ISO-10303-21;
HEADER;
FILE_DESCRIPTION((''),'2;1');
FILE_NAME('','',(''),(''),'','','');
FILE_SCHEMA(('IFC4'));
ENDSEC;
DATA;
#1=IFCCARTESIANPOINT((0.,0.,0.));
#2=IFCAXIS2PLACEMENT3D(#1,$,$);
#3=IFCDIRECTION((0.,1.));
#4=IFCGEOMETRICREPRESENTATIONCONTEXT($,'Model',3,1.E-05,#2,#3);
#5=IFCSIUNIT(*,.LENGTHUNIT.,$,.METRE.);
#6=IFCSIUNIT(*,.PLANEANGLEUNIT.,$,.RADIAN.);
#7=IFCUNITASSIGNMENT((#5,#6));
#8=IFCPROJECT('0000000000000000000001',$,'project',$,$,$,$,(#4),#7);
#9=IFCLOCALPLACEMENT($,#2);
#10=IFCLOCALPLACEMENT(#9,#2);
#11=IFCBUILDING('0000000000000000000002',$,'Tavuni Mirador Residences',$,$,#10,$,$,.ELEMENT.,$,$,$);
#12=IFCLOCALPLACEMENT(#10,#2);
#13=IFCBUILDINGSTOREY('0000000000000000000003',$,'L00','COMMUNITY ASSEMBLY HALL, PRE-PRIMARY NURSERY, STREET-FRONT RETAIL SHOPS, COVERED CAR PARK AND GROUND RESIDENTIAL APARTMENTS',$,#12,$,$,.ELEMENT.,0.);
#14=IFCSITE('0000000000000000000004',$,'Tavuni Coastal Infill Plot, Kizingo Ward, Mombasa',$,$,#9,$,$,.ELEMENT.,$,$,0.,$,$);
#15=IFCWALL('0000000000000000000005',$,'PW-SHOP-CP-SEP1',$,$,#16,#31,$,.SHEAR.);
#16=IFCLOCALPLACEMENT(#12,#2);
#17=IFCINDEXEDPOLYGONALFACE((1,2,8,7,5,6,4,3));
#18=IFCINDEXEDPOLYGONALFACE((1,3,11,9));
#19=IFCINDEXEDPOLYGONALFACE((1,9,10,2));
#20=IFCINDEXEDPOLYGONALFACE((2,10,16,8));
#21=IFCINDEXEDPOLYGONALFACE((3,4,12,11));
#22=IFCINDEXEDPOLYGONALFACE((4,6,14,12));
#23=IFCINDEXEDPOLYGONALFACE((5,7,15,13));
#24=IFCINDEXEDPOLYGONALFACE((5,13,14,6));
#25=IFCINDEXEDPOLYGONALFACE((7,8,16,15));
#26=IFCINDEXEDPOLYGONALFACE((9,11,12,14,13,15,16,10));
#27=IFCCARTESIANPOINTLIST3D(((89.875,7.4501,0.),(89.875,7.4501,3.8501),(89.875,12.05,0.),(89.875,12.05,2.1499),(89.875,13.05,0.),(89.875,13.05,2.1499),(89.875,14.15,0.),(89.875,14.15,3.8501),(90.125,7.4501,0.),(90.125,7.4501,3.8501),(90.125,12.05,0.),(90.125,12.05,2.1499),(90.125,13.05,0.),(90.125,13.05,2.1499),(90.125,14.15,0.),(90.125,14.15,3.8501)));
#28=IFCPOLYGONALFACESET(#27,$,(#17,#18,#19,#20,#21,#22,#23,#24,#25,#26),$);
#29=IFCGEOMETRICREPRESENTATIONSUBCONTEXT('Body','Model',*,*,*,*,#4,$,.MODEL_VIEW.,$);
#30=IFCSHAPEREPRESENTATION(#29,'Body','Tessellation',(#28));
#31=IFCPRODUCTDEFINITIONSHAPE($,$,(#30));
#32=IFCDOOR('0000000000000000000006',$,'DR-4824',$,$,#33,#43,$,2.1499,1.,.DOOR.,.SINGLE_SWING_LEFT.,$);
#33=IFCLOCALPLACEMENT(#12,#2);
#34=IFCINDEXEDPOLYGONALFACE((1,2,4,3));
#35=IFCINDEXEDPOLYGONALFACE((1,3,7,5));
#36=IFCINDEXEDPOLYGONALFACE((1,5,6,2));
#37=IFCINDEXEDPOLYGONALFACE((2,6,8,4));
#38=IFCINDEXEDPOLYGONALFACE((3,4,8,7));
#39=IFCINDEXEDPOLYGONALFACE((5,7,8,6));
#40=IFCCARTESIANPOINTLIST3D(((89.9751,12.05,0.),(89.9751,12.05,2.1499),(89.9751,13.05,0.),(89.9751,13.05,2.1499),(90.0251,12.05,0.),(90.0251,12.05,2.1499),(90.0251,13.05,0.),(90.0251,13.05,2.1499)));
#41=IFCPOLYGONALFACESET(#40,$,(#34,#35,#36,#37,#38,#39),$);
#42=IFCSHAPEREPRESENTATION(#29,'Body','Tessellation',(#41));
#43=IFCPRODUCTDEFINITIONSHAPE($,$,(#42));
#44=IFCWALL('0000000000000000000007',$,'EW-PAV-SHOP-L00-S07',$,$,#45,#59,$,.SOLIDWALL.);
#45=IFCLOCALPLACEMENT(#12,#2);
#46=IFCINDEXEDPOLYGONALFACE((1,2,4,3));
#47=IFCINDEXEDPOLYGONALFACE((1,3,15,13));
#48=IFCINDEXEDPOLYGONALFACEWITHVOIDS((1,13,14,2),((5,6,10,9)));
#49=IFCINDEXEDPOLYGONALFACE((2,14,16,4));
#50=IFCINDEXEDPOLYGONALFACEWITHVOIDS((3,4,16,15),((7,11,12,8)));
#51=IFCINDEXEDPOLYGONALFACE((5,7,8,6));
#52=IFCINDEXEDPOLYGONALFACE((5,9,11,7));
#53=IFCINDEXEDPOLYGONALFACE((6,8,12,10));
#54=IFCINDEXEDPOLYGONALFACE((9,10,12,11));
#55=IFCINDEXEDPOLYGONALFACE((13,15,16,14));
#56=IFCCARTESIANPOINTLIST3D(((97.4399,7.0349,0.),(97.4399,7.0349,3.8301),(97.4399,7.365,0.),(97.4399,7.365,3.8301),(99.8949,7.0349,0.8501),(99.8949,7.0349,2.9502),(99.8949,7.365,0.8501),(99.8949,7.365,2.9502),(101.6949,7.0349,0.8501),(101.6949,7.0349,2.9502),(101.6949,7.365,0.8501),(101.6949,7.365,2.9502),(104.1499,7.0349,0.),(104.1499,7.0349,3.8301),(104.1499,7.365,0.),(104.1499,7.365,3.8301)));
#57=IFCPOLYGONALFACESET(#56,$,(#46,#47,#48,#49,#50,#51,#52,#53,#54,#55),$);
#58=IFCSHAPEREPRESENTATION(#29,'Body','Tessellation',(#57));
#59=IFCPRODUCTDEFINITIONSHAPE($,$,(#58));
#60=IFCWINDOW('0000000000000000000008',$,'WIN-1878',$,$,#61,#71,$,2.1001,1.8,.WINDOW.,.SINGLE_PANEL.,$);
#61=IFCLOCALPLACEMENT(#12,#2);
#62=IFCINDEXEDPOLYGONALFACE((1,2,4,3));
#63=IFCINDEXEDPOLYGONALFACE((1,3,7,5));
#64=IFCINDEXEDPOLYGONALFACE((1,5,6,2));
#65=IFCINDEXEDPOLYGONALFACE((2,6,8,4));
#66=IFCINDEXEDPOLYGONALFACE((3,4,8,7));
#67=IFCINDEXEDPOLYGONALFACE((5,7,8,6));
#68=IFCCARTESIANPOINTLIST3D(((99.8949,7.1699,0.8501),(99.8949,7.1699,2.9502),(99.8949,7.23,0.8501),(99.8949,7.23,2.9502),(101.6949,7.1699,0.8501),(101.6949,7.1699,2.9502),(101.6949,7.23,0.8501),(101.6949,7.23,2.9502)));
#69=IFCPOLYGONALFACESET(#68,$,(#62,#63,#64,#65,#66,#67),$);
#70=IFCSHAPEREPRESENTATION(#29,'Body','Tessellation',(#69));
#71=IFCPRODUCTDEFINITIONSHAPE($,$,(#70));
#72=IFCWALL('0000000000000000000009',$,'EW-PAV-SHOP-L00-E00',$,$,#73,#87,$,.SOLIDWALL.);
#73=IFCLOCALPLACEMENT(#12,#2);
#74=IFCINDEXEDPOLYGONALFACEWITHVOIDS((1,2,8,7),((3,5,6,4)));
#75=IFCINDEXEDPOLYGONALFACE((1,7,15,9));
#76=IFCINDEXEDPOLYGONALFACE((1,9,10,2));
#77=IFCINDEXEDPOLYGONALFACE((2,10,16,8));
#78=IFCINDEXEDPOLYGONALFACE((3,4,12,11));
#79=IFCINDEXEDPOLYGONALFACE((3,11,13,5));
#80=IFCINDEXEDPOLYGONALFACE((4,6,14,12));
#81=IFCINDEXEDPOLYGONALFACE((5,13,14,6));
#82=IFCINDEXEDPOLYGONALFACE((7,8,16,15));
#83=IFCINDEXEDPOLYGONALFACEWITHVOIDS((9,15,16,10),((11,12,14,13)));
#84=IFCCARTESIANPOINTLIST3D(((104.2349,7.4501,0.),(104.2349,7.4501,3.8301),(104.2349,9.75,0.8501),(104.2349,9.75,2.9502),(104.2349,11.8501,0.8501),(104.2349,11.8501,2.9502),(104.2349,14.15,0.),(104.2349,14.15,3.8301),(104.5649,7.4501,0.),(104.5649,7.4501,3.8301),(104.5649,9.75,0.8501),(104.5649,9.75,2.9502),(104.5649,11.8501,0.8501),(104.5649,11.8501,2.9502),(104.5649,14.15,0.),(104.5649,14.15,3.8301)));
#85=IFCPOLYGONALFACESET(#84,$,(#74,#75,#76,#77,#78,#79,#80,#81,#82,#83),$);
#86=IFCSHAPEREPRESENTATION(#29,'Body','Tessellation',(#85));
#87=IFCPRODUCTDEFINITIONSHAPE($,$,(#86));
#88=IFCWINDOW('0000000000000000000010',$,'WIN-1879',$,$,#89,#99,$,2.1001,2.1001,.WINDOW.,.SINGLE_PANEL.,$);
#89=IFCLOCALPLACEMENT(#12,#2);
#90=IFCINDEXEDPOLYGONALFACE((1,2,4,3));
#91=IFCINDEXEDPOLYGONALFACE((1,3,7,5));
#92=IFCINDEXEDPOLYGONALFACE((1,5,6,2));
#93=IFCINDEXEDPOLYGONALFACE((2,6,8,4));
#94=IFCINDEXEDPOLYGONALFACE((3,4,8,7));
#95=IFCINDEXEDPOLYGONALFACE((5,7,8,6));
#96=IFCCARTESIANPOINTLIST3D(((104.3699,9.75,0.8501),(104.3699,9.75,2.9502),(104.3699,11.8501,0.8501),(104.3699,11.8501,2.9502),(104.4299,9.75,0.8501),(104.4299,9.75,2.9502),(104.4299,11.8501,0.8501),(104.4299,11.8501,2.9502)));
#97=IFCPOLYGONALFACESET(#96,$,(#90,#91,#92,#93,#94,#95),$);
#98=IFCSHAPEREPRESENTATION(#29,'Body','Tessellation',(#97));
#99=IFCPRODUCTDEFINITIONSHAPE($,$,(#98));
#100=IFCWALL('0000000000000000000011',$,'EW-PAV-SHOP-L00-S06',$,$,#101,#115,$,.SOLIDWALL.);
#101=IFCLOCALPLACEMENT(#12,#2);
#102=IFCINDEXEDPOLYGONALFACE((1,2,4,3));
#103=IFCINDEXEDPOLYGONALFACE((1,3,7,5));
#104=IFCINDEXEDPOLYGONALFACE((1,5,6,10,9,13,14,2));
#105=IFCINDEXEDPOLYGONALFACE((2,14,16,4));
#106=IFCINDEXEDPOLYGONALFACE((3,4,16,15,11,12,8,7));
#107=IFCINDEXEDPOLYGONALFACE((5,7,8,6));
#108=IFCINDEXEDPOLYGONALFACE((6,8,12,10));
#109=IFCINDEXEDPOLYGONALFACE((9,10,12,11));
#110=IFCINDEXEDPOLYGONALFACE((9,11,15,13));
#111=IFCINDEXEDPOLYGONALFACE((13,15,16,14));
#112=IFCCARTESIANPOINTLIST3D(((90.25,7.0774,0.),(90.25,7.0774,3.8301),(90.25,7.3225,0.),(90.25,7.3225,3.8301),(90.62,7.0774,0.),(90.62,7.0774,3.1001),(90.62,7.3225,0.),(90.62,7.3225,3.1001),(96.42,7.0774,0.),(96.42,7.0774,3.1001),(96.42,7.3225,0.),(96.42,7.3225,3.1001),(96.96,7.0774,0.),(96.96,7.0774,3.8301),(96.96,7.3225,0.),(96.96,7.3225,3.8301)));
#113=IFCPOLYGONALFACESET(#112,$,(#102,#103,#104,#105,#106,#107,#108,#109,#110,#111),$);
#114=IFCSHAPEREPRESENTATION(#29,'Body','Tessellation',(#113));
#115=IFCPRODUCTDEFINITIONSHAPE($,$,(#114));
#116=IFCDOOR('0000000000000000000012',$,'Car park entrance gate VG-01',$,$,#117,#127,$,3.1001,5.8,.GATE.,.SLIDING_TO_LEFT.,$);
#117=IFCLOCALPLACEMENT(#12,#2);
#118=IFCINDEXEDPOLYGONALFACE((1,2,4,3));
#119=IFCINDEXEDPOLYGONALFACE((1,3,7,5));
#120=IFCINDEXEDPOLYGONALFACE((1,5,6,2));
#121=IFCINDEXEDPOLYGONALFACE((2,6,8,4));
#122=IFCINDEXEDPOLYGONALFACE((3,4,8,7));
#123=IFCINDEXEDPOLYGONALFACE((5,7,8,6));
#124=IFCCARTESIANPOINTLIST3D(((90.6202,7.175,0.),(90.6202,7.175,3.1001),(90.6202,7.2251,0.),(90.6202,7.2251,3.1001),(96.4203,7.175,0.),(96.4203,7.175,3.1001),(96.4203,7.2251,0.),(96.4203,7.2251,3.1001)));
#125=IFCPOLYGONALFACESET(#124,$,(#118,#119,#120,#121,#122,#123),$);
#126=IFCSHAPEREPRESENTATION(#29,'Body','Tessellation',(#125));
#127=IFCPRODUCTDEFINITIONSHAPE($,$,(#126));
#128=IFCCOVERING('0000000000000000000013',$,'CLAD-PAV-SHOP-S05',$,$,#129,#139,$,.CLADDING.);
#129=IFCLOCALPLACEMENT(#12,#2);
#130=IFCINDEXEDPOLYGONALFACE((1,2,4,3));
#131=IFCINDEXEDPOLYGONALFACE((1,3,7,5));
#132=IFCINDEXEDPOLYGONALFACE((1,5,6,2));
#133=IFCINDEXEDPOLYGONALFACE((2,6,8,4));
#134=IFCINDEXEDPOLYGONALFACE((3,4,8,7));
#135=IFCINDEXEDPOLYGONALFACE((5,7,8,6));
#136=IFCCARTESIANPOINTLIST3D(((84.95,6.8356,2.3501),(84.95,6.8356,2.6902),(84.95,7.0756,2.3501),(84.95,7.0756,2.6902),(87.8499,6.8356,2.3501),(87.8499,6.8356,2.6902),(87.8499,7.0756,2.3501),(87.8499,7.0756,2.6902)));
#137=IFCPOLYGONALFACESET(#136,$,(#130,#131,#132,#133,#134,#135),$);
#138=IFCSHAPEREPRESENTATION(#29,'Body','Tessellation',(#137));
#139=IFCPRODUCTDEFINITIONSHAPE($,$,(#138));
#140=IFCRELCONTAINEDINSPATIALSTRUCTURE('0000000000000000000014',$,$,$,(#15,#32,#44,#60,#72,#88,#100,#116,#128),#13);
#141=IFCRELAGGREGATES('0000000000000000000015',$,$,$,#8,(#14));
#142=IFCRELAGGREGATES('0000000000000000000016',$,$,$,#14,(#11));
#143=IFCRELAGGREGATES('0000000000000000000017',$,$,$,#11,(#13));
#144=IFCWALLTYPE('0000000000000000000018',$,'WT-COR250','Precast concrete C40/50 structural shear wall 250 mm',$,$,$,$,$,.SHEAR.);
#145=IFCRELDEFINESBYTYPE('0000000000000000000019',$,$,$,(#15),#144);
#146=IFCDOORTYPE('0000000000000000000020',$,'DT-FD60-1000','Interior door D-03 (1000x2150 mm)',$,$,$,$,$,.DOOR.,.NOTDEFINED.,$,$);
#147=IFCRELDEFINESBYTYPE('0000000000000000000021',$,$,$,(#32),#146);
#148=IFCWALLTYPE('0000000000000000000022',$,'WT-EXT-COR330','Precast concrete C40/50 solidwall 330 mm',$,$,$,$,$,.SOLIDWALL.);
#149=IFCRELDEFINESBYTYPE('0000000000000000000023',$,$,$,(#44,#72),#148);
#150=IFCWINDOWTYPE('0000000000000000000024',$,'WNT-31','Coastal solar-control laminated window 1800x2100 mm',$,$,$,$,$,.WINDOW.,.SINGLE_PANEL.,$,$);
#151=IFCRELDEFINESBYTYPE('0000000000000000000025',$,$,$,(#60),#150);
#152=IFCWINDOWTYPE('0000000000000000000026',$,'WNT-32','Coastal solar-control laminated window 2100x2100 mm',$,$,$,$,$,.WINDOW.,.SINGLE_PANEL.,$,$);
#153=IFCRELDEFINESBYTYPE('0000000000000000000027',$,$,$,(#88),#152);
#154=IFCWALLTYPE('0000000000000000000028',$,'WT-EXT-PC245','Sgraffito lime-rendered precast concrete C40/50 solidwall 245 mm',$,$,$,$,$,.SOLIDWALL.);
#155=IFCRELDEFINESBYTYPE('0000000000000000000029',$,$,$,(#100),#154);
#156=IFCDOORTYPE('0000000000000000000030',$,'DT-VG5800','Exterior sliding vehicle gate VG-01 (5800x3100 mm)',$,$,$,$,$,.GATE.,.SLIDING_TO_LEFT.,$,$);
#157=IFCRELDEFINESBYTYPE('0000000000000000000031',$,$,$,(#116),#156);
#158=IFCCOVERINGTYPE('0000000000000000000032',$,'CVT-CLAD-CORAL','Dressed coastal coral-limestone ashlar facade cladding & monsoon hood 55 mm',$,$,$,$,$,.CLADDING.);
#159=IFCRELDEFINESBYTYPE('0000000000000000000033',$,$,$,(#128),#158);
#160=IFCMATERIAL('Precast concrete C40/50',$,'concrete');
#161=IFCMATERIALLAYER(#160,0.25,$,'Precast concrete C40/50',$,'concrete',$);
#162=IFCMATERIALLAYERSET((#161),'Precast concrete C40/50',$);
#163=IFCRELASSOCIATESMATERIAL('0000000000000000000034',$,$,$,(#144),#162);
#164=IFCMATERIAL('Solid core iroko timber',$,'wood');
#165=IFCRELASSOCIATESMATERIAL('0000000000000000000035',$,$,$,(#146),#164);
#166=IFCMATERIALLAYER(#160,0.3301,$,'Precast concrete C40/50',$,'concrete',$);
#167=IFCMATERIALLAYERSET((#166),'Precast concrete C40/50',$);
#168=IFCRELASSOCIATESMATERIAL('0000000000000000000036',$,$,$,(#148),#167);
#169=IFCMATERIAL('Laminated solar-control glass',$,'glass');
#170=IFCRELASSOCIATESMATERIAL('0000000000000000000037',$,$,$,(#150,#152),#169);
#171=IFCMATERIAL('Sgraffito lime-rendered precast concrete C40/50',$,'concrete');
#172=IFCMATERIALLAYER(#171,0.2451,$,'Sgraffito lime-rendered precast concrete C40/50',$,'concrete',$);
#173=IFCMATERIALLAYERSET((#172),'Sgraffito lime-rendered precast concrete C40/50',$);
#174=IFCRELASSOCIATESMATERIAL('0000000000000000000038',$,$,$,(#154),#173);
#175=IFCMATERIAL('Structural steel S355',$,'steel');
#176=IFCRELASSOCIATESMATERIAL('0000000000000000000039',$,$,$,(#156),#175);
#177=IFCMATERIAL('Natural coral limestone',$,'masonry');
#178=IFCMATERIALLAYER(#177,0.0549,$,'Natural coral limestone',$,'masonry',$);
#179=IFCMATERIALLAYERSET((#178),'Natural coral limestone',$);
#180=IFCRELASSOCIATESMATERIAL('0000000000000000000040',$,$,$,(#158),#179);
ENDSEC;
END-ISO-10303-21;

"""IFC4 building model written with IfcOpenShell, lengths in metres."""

from ifc_helpers import new_model, si_unit, direction, frame, frame_2d, origin, origin_2d, place, context, subcontext, project, spatial, rectangle, extrude, material, layer, layer_set, type_object, element, fill, save


model = new_model("IFC4")

# Units and contexts
model_context = context("Model", 3, precision=1e-05, world=origin(), true_north=direction((0.0, 1.0)))
body_context = subcontext(model_context, "Body", "Model", "MODEL_VIEW")
ifc_project = project(units=[si_unit("LENGTHUNIT", "METRE"), si_unit("PLANEANGLEUNIT", "RADIAN")], contexts=[model_context])

# Site, building, storey
site_placement = place(None, origin())
site = spatial("IfcSite", under=ifc_project, at=site_placement, Name="Tavuni Coastal Infill Plot, Kizingo Ward, Mombasa", CompositionType="ELEMENT", RefElevation=0.0)
building_placement = place(site_placement, origin())
building = spatial("IfcBuilding", under=site, at=building_placement, Name="Tavuni Mirador Residences", CompositionType="ELEMENT")
storey_placement = place(building_placement, origin())
storey = spatial("IfcBuildingStorey", under=building, at=storey_placement, Name="L00", Description="COMMUNITY ASSEMBLY HALL, PRE-PRIMARY NURSERY, STREET-FRONT RETAIL SHOPS, COVERED CAR PARK AND GROUND RESIDENTIAL APARTMENTS", CompositionType="ELEMENT", Elevation=0.0)

# Shared definitions
ifc_material_1 = material(Name="Precast concrete C40/50", Category="concrete")

# Shared definitions
ifc_material_2 = material(Name="Structural steel S355", Category="steel")

# Wall, opening, door
ifc_layer_1 = layer(ifc_material_1, 0.25, Name="Precast concrete C40/50", Category="concrete")
ifc_layer_set_1 = layer_set([ifc_layer_1], Name="Precast concrete C40/50")
wall_type_1 = type_object("IfcWallType", Name="WT-COR250", Description="Precast concrete C40/50 structural shear wall 250 mm", PredefinedType="SHEAR", material=ifc_layer_set_1)
wall_1_placement = place(storey_placement, frame((90.0, 7.45, 0.0), z_axis=(0.0, 0.0, 1.0), x_axis=(0.0, 1.0, 0.0)))
wall_1 = element("IfcWall", 1, at=wall_1_placement, inside=storey, type_object=wall_type_1, Name="PW-SHOP-CP-SEP1", PredefinedType="SHEAR", context=body_context, shape_type="SweptSolid", body=[
    extrude(rectangle(XDim=6.7, YDim=0.25, at=frame_2d((3.3501, 0.0))), origin(), (0.0, 0.0, 1.0), 3.8501),
])
opening_1_placement = place(wall_1_placement, frame((4.6001, 0.0, 0.0)))
opening_1 = element("IfcOpeningElement", 2, at=opening_1_placement, cuts=wall_1, PredefinedType="OPENING", context=body_context, shape_type="SweptSolid", body=[
    extrude(rectangle(XDim=1.0, YDim=2.1499, at=frame_2d((0.5, 1.075))), frame((0.0, 0.135, 0.0), z_axis=(0.0, -1.0, 0.0), x_axis=(1.0, 0.0, 0.0)), (0.0, 0.0, 1.0), 0.27),
])
ifc_material_3 = material(Name="Solid core iroko timber", Category="wood")
door_type_1 = type_object("IfcDoorType", Name="DT-FD60-1000", Description="Interior door D-03 (1000x2150 mm)", OperationType="NOTDEFINED", PredefinedType="DOOR", material=ifc_material_3)
door_1_placement = place(opening_1_placement, origin())
door_1 = element("IfcDoor", 3, at=door_1_placement, inside=storey, type_object=door_type_1, Name="DR-4824", OperationType="SINGLE_SWING_LEFT", OverallHeight=2.1499, OverallWidth=1.0, PredefinedType="DOOR", context=body_context, shape_type="SweptSolid", body=[
    extrude(rectangle(XDim=1.0, YDim=2.1499, at=frame_2d((0.5, 1.075))), frame((0.0, 0.0249, 0.0), z_axis=(0.0, -1.0, 0.0), x_axis=(1.0, 0.0, 0.0)), (0.0, 0.0, 1.0), 0.05),
])
fill(opening_1, door_1)

# Walls, openings, windows
ifc_layer_2 = layer(ifc_material_1, 0.3301, Name="Precast concrete C40/50", Category="concrete")
ifc_layer_set_2 = layer_set([ifc_layer_2], Name="Precast concrete C40/50")
wall_type_2 = type_object("IfcWallType", Name="WT-EXT-COR330", Description="Precast concrete C40/50 solidwall 330 mm", PredefinedType="SOLIDWALL", material=ifc_layer_set_2)
wall_2_placement = place(storey_placement, frame((97.4399, 7.2, 0.0), z_axis=(0.0, 0.0, 1.0), x_axis=(1.0, 0.0, 0.0)))
wall_2 = element("IfcWall", 4, at=wall_2_placement, inside=storey, type_object=wall_type_2, Name="EW-PAV-SHOP-L00-S07", PredefinedType="SOLIDWALL", context=body_context, shape_type="SweptSolid", body=[
    extrude(rectangle(XDim=6.71, YDim=0.3301, at=frame_2d((3.355, 0.0))), origin(), (0.0, 0.0, 1.0), 3.8301),
])
opening_2_placement = place(wall_2_placement, frame((2.4551, 0.0, 0.8501)))
opening_2 = element("IfcOpeningElement", 5, at=opening_2_placement, cuts=wall_2, PredefinedType="OPENING", context=body_context, shape_type="SweptSolid", body=[
    extrude(rectangle(XDim=1.8, YDim=2.1001, at=frame_2d((0.8999, 1.05))), frame((0.0, 0.175, 0.0), z_axis=(0.0, -1.0, 0.0), x_axis=(1.0, 0.0, 0.0)), (0.0, 0.0, 1.0), 0.3501),
])
ifc_material_4 = material(Name="Laminated solar-control glass", Category="glass")
window_type_1 = type_object("IfcWindowType", Name="WNT-31", Description="Coastal solar-control laminated window 1800x2100 mm", PartitioningType="SINGLE_PANEL", PredefinedType="WINDOW", material=ifc_material_4)
window_1_placement = place(opening_2_placement, origin())
window_1 = element("IfcWindow", 6, at=window_1_placement, inside=storey, type_object=window_type_1, Name="WIN-1878", OverallHeight=2.1001, OverallWidth=1.8, PartitioningType="SINGLE_PANEL", PredefinedType="WINDOW", context=body_context, shape_type="SweptSolid", body=[
    extrude(rectangle(XDim=1.8, YDim=2.1001, at=frame_2d((0.8999, 1.05))), frame((0.0, 0.03, 0.0), z_axis=(0.0, -1.0, 0.0), x_axis=(1.0, 0.0, 0.0)), (0.0, 0.0, 1.0), 0.0601),
])
fill(opening_2, window_1)
wall_3_placement = place(storey_placement, frame((104.3999, 7.45, 0.0), z_axis=(0.0, 0.0, 1.0), x_axis=(0.0, 1.0, 0.0)))
wall_3 = element("IfcWall", 7, at=wall_3_placement, inside=storey, type_object=wall_type_2, Name="EW-PAV-SHOP-L00-E00", PredefinedType="SOLIDWALL", context=body_context, shape_type="SweptSolid", body=[
    extrude(rectangle(XDim=6.7, YDim=0.3301, at=frame_2d((3.3501, 0.0))), origin(), (0.0, 0.0, 1.0), 3.8301),
])
opening_3_placement = place(wall_3_placement, frame((2.3, 0.0, 0.8501)))
opening_3 = element("IfcOpeningElement", 8, at=opening_3_placement, cuts=wall_3, PredefinedType="OPENING", context=body_context, shape_type="SweptSolid", body=[
    extrude(rectangle(XDim=2.1001, YDim=2.1001, at=frame_2d((1.05, 1.05))), frame((0.0, 0.175, 0.0), z_axis=(0.0, -1.0, 0.0), x_axis=(1.0, 0.0, 0.0)), (0.0, 0.0, 1.0), 0.3501),
])
window_type_2 = type_object("IfcWindowType", Name="WNT-32", Description="Coastal solar-control laminated window 2100x2100 mm", PartitioningType="SINGLE_PANEL", PredefinedType="WINDOW", material=ifc_material_4)
window_2_placement = place(opening_3_placement, origin())
window_2 = element("IfcWindow", 9, at=window_2_placement, inside=storey, type_object=window_type_2, Name="WIN-1879", OverallHeight=2.1001, OverallWidth=2.1001, PartitioningType="SINGLE_PANEL", PredefinedType="WINDOW", context=body_context, shape_type="SweptSolid", body=[
    extrude(rectangle(XDim=2.1001, YDim=2.1001, at=frame_2d((1.05, 1.05))), frame((0.0, 0.03, 0.0), z_axis=(0.0, -1.0, 0.0), x_axis=(1.0, 0.0, 0.0)), (0.0, 0.0, 1.0), 0.0601),
])
fill(opening_3, window_2)

# Wall, opening, door
ifc_material_5 = material(Name="Sgraffito lime-rendered precast concrete C40/50", Category="concrete")
ifc_layer_3 = layer(ifc_material_5, 0.2451, Name="Sgraffito lime-rendered precast concrete C40/50", Category="concrete")
ifc_layer_set_3 = layer_set([ifc_layer_3], Name="Sgraffito lime-rendered precast concrete C40/50")
wall_type_3 = type_object("IfcWallType", Name="WT-EXT-PC245", Description="Sgraffito lime-rendered precast concrete C40/50 solidwall 245 mm", PredefinedType="SOLIDWALL", material=ifc_layer_set_3)
wall_4_placement = place(storey_placement, frame((90.25, 7.2, 0.0), z_axis=(0.0, 0.0, 1.0), x_axis=(1.0, 0.0, 0.0)))
wall_4 = element("IfcWall", 10, at=wall_4_placement, inside=storey, type_object=wall_type_3, Name="EW-PAV-SHOP-L00-S06", PredefinedType="SOLIDWALL", context=body_context, shape_type="SweptSolid", body=[
    extrude(rectangle(XDim=6.71, YDim=0.2451, at=frame_2d((3.355, 0.0))), origin(), (0.0, 0.0, 1.0), 3.8301),
])
opening_4_placement = place(wall_4_placement, frame((0.3701, 0.0, 0.0)))
opening_4 = element("IfcOpeningElement", 11, at=opening_4_placement, cuts=wall_4, PredefinedType="OPENING", context=body_context, shape_type="SweptSolid", body=[
    extrude(rectangle(XDim=5.8, YDim=3.1001, at=frame_2d((2.8999, 1.55))), frame((0.0, 0.1326, 0.0), z_axis=(0.0, -1.0, 0.0), x_axis=(1.0, 0.0, 0.0)), (0.0, 0.0, 1.0), 0.2651),
])
door_type_2 = type_object("IfcDoorType", Name="DT-VG5800", Description="Exterior sliding vehicle gate VG-01 (5800x3100 mm)", OperationType="SLIDING_TO_LEFT", PredefinedType="GATE", material=ifc_material_2)
door_2_placement = place(opening_4_placement, frame((5.8, 0.0, 0.0), z_axis=(0.0, 0.0, 1.0), x_axis=(-1.0, 0.0, 0.0)))
door_2 = element("IfcDoor", 12, at=door_2_placement, inside=storey, type_object=door_type_2, Name="Car park entrance gate VG-01", OperationType="SLIDING_TO_LEFT", OverallHeight=3.1001, OverallWidth=5.8, PredefinedType="GATE", context=body_context, shape_type="SweptSolid", body=[
    extrude(rectangle(XDim=5.8, YDim=3.1001, at=frame_2d((2.8999, 1.55))), frame((0.0, 0.0249, 0.0), z_axis=(0.0, -1.0, 0.0), x_axis=(1.0, 0.0, 0.0)), (0.0, 0.0, 1.0), 0.05),
])
fill(opening_4, door_2)

# Covering
ifc_material_6 = material(Name="Natural coral limestone", Category="masonry")
ifc_layer_4 = layer(ifc_material_6, 0.0549, Name="Natural coral limestone", Category="masonry")
ifc_layer_set_4 = layer_set([ifc_layer_4], Name="Natural coral limestone")
covering_type = type_object("IfcCoveringType", Name="CVT-CLAD-CORAL", Description="Dressed coastal coral-limestone ashlar facade cladding & monsoon hood 55 mm", PredefinedType="CLADDING", material=ifc_layer_set_4)
covering_placement = place(storey_placement, frame((86.3999, 6.9556, 2.3501), z_axis=(0.0, 0.0, 1.0), x_axis=(1.0, 0.0, 0.0)))
element("IfcCovering", 13, at=covering_placement, inside=storey, type_object=covering_type, Name="CLAD-PAV-SHOP-S05", PredefinedType="CLADDING", context=body_context, shape_type="SweptSolid", body=[
    extrude(rectangle(XDim=2.8999, YDim=0.24, at=origin_2d()), origin(), (0.0, 0.0, 1.0), 0.3401),
])

save(model, "model.ifc")
